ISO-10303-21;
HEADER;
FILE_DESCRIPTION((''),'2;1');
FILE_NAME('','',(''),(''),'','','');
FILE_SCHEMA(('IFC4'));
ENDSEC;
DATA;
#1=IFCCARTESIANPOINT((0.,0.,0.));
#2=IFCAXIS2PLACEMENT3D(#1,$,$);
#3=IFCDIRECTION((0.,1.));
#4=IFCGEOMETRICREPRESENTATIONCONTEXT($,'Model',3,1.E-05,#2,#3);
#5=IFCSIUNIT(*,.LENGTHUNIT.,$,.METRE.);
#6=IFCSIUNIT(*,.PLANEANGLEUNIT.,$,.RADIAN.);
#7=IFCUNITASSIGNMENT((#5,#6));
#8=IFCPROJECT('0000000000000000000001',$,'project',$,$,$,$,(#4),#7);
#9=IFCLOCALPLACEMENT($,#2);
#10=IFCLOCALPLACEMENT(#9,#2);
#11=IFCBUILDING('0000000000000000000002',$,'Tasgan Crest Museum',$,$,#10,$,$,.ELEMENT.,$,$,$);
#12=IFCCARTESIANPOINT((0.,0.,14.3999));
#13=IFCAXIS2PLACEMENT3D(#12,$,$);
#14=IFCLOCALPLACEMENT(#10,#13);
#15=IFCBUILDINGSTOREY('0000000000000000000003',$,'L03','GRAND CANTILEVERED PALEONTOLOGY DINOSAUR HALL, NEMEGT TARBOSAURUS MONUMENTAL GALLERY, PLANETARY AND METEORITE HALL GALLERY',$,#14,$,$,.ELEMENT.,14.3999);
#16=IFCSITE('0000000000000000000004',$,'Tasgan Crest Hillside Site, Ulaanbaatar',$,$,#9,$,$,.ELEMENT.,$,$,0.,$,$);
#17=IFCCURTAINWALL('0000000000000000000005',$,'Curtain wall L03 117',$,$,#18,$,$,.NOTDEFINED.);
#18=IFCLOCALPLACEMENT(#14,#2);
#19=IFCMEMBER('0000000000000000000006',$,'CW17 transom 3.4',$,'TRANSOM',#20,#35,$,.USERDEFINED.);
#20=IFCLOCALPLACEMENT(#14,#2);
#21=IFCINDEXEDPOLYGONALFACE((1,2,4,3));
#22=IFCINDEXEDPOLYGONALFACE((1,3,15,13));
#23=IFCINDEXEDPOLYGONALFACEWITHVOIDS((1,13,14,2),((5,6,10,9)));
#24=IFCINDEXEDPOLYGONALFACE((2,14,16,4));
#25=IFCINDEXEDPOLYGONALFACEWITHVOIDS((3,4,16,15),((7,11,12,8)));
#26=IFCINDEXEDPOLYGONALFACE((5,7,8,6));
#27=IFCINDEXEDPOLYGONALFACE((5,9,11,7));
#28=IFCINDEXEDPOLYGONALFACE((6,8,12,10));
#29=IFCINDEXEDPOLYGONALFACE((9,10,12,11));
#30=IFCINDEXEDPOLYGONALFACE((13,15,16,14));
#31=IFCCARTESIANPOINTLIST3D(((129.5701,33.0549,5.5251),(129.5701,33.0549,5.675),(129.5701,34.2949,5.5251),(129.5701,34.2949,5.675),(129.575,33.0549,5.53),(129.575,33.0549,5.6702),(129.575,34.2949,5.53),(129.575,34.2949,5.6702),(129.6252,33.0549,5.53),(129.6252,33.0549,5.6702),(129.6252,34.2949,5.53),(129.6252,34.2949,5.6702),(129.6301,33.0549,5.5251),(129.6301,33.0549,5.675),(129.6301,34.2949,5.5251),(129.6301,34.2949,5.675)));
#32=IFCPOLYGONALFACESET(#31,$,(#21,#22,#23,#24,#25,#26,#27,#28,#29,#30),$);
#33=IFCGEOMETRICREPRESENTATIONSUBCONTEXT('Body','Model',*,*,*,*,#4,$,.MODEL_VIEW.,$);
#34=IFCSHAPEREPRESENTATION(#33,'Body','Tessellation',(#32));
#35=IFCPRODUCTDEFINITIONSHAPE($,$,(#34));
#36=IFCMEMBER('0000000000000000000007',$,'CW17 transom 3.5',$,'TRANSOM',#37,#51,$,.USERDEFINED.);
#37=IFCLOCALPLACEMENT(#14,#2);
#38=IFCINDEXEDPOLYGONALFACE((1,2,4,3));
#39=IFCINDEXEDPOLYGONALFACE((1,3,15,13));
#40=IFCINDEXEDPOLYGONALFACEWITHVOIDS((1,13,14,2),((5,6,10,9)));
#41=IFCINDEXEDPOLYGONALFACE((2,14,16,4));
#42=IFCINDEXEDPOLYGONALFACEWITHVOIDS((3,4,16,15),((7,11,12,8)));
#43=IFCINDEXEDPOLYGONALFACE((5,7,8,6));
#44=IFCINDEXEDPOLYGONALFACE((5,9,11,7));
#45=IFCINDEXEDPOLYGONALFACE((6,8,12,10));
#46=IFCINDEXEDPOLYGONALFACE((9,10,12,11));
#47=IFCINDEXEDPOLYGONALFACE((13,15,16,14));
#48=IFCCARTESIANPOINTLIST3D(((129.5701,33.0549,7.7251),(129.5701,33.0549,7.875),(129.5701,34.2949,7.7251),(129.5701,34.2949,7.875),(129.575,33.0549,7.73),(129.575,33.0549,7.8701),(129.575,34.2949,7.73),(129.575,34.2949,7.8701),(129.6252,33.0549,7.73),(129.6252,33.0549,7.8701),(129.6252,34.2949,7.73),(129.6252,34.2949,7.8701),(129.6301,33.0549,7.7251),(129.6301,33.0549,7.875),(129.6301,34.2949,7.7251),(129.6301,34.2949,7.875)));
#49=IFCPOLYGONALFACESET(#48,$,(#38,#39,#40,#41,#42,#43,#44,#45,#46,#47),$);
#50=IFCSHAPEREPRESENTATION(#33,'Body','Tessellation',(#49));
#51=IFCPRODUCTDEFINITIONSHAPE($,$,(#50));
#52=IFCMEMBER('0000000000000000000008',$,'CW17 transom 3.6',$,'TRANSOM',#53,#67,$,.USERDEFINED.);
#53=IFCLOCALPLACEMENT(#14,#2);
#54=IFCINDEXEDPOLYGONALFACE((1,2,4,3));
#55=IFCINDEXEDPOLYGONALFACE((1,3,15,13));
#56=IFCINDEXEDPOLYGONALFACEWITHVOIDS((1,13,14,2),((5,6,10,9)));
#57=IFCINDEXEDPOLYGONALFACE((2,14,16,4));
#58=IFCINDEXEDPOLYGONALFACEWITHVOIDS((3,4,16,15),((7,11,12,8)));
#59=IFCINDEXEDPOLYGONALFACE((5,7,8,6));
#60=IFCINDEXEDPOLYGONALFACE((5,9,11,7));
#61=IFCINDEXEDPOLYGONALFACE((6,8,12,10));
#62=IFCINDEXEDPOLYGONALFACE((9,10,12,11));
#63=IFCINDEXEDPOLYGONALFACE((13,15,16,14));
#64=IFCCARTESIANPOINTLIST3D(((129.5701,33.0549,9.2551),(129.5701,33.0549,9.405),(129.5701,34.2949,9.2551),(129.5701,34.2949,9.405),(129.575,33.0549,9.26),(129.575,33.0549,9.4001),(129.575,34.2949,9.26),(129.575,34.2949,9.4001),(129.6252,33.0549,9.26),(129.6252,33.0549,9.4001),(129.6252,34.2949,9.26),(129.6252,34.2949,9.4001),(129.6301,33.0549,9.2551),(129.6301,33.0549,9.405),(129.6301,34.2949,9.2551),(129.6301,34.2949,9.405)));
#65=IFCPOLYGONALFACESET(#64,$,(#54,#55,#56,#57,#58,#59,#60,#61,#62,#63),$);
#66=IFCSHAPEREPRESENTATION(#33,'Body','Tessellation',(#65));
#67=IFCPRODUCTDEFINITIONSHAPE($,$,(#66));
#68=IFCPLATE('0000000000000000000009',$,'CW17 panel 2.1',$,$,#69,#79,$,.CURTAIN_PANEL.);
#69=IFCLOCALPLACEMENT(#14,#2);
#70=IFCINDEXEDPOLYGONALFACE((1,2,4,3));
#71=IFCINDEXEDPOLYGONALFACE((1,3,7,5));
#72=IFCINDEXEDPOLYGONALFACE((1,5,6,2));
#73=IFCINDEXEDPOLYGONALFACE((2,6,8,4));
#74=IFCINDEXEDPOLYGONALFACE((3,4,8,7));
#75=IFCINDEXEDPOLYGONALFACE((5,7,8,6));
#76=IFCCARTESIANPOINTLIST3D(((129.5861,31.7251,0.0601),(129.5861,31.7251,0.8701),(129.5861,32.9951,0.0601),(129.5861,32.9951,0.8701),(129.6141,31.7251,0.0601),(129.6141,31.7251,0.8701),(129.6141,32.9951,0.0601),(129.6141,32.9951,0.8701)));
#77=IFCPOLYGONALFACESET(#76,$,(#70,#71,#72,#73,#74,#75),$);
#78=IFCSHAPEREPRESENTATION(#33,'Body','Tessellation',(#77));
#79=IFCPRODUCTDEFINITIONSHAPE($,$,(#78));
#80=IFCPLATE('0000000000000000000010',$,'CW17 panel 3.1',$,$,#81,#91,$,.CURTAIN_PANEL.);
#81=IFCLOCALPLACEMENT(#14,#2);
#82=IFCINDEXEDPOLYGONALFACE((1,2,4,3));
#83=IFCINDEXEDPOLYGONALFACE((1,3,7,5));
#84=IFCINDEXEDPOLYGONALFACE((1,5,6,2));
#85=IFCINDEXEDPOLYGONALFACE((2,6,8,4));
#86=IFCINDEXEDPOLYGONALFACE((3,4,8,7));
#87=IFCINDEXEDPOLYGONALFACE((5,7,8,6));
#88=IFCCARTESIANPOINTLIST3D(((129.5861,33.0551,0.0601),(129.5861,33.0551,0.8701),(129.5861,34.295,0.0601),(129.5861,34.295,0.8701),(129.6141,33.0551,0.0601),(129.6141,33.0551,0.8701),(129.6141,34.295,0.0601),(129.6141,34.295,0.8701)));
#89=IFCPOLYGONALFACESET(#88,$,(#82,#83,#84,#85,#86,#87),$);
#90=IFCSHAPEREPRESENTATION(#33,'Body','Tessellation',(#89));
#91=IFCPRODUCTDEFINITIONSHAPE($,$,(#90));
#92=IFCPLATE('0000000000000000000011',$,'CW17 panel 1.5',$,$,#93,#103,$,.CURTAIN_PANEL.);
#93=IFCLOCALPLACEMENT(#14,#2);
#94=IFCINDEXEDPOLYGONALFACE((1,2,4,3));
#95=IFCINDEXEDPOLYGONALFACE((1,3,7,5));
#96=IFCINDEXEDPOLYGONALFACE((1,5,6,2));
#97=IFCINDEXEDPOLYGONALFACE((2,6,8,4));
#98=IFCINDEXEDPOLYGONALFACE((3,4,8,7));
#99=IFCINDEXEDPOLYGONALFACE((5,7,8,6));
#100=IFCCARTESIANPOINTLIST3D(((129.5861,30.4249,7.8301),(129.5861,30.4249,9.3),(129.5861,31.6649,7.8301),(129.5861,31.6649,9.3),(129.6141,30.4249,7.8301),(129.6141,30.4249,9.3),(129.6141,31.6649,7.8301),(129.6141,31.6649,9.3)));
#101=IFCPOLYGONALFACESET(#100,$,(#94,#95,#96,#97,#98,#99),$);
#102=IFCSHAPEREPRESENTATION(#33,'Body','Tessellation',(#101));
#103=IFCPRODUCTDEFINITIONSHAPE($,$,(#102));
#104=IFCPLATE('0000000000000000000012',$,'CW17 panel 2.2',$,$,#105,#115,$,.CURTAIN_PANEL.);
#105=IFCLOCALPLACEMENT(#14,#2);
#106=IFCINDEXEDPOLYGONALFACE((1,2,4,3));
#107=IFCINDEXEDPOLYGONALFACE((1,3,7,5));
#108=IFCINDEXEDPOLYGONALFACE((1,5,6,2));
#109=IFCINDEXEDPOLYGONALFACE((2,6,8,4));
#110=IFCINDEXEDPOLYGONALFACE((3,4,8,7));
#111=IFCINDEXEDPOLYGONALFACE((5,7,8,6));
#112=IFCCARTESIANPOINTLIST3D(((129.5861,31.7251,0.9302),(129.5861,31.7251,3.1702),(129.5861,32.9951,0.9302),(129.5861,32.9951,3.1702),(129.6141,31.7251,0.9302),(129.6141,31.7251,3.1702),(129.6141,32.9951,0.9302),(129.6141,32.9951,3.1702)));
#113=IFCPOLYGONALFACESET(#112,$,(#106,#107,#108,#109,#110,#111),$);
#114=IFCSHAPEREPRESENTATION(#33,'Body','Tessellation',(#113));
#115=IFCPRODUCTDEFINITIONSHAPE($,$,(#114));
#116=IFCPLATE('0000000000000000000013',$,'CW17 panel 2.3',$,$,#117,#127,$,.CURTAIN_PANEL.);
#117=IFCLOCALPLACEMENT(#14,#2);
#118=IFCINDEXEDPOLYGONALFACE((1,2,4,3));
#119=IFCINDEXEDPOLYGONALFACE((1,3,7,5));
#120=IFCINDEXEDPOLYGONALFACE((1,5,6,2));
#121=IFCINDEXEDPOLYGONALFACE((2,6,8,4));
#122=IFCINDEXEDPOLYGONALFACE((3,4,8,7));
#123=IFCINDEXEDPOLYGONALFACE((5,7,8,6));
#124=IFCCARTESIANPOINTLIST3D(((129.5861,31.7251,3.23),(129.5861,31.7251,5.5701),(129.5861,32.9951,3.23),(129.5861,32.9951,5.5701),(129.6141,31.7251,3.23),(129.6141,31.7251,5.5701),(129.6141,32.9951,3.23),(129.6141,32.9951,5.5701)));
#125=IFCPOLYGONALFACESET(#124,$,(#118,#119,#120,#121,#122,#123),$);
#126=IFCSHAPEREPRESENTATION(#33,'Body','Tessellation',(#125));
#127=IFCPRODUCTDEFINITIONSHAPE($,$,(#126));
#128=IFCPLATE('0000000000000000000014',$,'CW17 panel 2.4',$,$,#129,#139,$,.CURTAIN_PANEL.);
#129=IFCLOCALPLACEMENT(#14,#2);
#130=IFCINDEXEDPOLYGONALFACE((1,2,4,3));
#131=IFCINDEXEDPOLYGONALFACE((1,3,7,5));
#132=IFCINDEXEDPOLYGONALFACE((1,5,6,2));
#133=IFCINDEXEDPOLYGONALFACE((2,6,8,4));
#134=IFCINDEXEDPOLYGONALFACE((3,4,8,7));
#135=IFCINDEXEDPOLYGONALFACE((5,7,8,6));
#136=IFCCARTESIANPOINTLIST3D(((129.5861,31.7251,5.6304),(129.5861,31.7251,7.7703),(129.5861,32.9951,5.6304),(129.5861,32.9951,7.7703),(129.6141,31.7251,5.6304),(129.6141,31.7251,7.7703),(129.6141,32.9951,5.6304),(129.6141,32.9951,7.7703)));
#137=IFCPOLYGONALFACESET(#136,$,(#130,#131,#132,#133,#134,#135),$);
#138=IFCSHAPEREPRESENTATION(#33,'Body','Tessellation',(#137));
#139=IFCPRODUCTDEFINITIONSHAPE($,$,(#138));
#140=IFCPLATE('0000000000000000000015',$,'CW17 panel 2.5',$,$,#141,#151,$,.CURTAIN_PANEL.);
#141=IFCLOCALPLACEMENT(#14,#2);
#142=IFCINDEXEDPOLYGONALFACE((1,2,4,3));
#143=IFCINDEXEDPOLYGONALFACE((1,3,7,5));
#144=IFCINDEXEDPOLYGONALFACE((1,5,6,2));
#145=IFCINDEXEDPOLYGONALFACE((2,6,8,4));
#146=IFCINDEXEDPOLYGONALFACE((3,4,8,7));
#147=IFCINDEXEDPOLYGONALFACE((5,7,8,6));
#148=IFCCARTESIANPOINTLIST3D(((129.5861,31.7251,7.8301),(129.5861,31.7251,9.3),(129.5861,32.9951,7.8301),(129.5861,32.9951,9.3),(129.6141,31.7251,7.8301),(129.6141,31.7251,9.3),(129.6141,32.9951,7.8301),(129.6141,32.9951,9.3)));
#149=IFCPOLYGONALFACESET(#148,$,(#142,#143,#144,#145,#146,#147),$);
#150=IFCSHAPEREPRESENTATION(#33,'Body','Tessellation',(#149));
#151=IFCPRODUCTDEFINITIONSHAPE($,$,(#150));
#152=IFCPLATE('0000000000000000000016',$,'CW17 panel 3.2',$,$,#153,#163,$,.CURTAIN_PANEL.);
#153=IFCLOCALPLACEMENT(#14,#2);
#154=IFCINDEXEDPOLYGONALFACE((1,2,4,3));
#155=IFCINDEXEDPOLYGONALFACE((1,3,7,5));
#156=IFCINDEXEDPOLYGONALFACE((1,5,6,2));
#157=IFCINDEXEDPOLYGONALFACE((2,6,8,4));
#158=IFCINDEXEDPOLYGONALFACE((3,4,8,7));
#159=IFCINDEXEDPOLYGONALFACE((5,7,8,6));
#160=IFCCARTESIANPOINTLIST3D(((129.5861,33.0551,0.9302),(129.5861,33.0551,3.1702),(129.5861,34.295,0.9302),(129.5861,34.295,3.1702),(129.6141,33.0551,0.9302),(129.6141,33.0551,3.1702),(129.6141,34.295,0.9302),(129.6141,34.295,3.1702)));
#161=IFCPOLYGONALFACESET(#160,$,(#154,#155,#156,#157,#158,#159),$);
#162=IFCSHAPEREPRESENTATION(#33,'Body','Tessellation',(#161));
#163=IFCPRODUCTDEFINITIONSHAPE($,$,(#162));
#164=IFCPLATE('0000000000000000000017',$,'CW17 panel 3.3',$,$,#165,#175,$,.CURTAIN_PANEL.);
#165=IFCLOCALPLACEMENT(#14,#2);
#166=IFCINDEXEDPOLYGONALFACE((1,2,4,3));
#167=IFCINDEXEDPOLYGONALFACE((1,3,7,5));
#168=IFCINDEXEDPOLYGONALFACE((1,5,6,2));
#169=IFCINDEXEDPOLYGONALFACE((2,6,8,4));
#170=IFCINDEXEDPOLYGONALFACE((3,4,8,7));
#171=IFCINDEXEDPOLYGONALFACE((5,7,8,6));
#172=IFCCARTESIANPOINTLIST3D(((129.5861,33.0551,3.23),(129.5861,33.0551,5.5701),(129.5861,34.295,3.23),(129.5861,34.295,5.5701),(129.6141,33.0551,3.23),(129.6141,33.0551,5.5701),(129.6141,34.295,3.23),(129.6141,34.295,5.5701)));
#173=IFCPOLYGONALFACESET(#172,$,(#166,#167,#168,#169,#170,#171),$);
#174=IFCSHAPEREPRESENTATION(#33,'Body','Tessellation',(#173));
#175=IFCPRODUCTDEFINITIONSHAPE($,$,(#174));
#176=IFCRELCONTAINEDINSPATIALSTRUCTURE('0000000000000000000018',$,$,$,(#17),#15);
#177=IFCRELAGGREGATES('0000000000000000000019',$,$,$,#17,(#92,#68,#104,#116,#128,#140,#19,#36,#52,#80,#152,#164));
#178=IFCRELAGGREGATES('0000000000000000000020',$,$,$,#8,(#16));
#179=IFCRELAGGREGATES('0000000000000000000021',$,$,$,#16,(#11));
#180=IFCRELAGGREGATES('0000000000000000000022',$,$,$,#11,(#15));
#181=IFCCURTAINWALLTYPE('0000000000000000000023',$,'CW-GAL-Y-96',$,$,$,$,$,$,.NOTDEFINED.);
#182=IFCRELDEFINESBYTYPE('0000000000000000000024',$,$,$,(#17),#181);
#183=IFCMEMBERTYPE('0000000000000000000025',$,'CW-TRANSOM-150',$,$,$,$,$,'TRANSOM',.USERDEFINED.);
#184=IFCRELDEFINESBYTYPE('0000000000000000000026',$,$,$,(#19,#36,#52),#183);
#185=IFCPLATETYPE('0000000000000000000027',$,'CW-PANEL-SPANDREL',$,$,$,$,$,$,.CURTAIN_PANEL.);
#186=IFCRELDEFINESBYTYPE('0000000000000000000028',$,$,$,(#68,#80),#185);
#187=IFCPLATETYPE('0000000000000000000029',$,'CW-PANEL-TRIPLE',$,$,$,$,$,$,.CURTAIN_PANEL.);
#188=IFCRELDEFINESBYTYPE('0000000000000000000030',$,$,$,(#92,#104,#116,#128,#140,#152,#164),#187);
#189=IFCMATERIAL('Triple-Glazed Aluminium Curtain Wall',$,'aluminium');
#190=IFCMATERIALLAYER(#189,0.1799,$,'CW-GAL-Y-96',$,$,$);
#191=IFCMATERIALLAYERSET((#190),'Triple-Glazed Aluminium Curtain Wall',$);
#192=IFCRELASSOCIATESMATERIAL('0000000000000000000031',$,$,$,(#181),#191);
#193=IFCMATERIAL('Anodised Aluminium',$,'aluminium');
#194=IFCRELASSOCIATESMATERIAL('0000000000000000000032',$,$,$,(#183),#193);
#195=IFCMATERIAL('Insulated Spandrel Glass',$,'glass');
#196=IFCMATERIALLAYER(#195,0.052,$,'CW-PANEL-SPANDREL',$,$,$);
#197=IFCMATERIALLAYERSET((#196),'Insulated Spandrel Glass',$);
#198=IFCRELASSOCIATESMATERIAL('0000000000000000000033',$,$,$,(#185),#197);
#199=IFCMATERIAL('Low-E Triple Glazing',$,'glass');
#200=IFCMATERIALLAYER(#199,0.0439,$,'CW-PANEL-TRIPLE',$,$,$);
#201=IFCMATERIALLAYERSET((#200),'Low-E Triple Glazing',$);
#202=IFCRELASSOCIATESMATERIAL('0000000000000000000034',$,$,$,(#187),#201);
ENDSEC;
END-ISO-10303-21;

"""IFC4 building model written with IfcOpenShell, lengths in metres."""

from ifc_helpers import new_model, si_unit, direction, frame, origin, origin_2d, place, context, subcontext, project, spatial, rectangle, hollow_rectangle, extrude, material, layer, layer_set, material_profile, profile_set, type_object, element, aggregate, save


model = new_model("IFC4")

# Units and contexts
model_context = context("Model", 3, precision=1e-05, world=origin(), true_north=direction((0.0, 1.0)))
body_context = subcontext(model_context, "Body", "Model", "MODEL_VIEW")
ifc_project = project(units=[si_unit("LENGTHUNIT", "METRE"), si_unit("PLANEANGLEUNIT", "RADIAN")], contexts=[model_context])

# Site, building, storey
site_placement = place(None, origin())
site = spatial("IfcSite", under=ifc_project, at=site_placement, Name="Tasgan Crest Hillside Site, Ulaanbaatar", CompositionType="ELEMENT", RefElevation=0.0)
building_placement = place(site_placement, origin())
building = spatial("IfcBuilding", under=site, at=building_placement, Name="Tasgan Crest Museum", CompositionType="ELEMENT")
storey_placement = place(building_placement, frame((0.0, 0.0, 14.3999)))
storey = spatial("IfcBuildingStorey", under=building, at=storey_placement, Name="L03", Description="GRAND CANTILEVERED PALEONTOLOGY DINOSAUR HALL, NEMEGT TARBOSAURUS MONUMENTAL GALLERY, PLANETARY AND METEORITE HALL GALLERY", CompositionType="ELEMENT", Elevation=14.3999)

# Curtain wall, members, plates
ifc_material_1 = material(Name="Triple-Glazed Aluminium Curtain Wall", Category="aluminium")
ifc_layer_1 = layer(ifc_material_1, 0.1799, Name="CW-GAL-Y-96")
ifc_layer_set_1 = layer_set([ifc_layer_1], Name="Triple-Glazed Aluminium Curtain Wall")
curtain_wall_type = type_object("IfcCurtainWallType", Name="CW-GAL-Y-96", PredefinedType="NOTDEFINED", material=ifc_layer_set_1)
curtain_wall_placement = place(storey_placement, origin())
curtain_wall = element("IfcCurtainWall", 1, at=curtain_wall_placement, inside=storey, type_object=curtain_wall_type, Name="Curtain wall L03 117", PredefinedType="NOTDEFINED")
ifc_material_2 = material(Name="Anodised Aluminium", Category="aluminium")
ifc_material_profile_1 = material_profile(ifc_material_2, hollow_rectangle(XDim=0.0601, YDim=0.1499, WallThickness=0.0049, at=origin_2d()), Name="ALU TRANSOM 150x60x5")
ifc_profile_set_1 = profile_set([ifc_material_profile_1], Name="Anodised Aluminium")
member_type_1 = type_object("IfcMemberType", Name="CW-TRANSOM-150", ElementType="TRANSOM", PredefinedType="USERDEFINED", material=ifc_profile_set_1)
member_1_placement = place(storey_placement, frame((129.6001, 33.0549, 5.6001), z_axis=(0.0, 1.0, 0.0), x_axis=(-1.0, 0.0, 0.0)))
member_1 = element("IfcMember", 2, at=member_1_placement, type_object=member_type_1, Name="CW17 transom 3.4", ObjectType="TRANSOM", PredefinedType="USERDEFINED", context=body_context, shape_type="SweptSolid", body=[
    extrude(hollow_rectangle(XDim=0.0601, YDim=0.1499, WallThickness=0.0049, at=origin_2d()), origin(), (0.0, 0.0, 1.0), 1.24),
])
member_2_placement = place(storey_placement, frame((129.6001, 33.0549, 7.8), z_axis=(0.0, 1.0, 0.0), x_axis=(-1.0, 0.0, 0.0)))
member_2 = element("IfcMember", 3, at=member_2_placement, type_object=member_type_1, Name="CW17 transom 3.5", ObjectType="TRANSOM", PredefinedType="USERDEFINED", context=body_context, shape_type="SweptSolid", body=[
    extrude(hollow_rectangle(XDim=0.0601, YDim=0.1499, WallThickness=0.0049, at=origin_2d()), origin(), (0.0, 0.0, 1.0), 1.24),
])
member_3_placement = place(storey_placement, frame((129.6001, 33.0549, 9.3301), z_axis=(0.0, 1.0, 0.0), x_axis=(-1.0, 0.0, 0.0)))
member_3 = element("IfcMember", 4, at=member_3_placement, type_object=member_type_1, Name="CW17 transom 3.6", ObjectType="TRANSOM", PredefinedType="USERDEFINED", context=body_context, shape_type="SweptSolid", body=[
    extrude(hollow_rectangle(XDim=0.0601, YDim=0.1499, WallThickness=0.0049, at=origin_2d()), origin(), (0.0, 0.0, 1.0), 1.24),
])
ifc_material_3 = material(Name="Insulated Spandrel Glass", Category="glass")
ifc_layer_2 = layer(ifc_material_3, 0.052, Name="CW-PANEL-SPANDREL")
ifc_layer_set_2 = layer_set([ifc_layer_2], Name="Insulated Spandrel Glass")
plate_type_1 = type_object("IfcPlateType", Name="CW-PANEL-SPANDREL", PredefinedType="CURTAIN_PANEL", material=ifc_layer_set_2)
plate_1_placement = place(storey_placement, frame((129.6001, 32.3601, 0.0601), z_axis=(0.0, 0.0, 1.0), x_axis=(0.0, 1.0, 0.0)))
plate_1 = element("IfcPlate", 5, at=plate_1_placement, type_object=plate_type_1, Name="CW17 panel 2.1", PredefinedType="CURTAIN_PANEL", context=body_context, shape_type="SweptSolid", body=[
    extrude(rectangle(XDim=1.27, YDim=0.0281, at=origin_2d()), origin(), (0.0, 0.0, 1.0), 0.8101),
])
plate_2_placement = place(storey_placement, frame((129.6001, 33.675, 0.0601), z_axis=(0.0, 0.0, 1.0), x_axis=(0.0, 1.0, 0.0)))
plate_2 = element("IfcPlate", 6, at=plate_2_placement, type_object=plate_type_1, Name="CW17 panel 3.1", PredefinedType="CURTAIN_PANEL", context=body_context, shape_type="SweptSolid", body=[
    extrude(rectangle(XDim=1.24, YDim=0.0281, at=origin_2d()), origin(), (0.0, 0.0, 1.0), 0.8101),
])
ifc_material_4 = material(Name="Low-E Triple Glazing", Category="glass")
ifc_layer_3 = layer(ifc_material_4, 0.0439, Name="CW-PANEL-TRIPLE")
ifc_layer_set_3 = layer_set([ifc_layer_3], Name="Low-E Triple Glazing")
plate_type_2 = type_object("IfcPlateType", Name="CW-PANEL-TRIPLE", PredefinedType="CURTAIN_PANEL", material=ifc_layer_set_3)
plate_3_placement = place(storey_placement, frame((129.6001, 31.0449, 7.8301), z_axis=(0.0, 0.0, 1.0), x_axis=(0.0, 1.0, 0.0)))
plate_3 = element("IfcPlate", 7, at=plate_3_placement, type_object=plate_type_2, Name="CW17 panel 1.5", PredefinedType="CURTAIN_PANEL", context=body_context, shape_type="SweptSolid", body=[
    extrude(rectangle(XDim=1.24, YDim=0.0281, at=origin_2d()), origin(), (0.0, 0.0, 1.0), 1.47),
])
plate_4_placement = place(storey_placement, frame((129.6001, 32.3601, 0.9302), z_axis=(0.0, 0.0, 1.0), x_axis=(0.0, 1.0, 0.0)))
plate_4 = element("IfcPlate", 8, at=plate_4_placement, type_object=plate_type_2, Name="CW17 panel 2.2", PredefinedType="CURTAIN_PANEL", context=body_context, shape_type="SweptSolid", body=[
    extrude(rectangle(XDim=1.27, YDim=0.0281, at=origin_2d()), origin(), (0.0, 0.0, 1.0), 2.24),
])
plate_5_placement = place(storey_placement, frame((129.6001, 32.3601, 3.23), z_axis=(0.0, 0.0, 1.0), x_axis=(0.0, 1.0, 0.0)))
plate_5 = element("IfcPlate", 9, at=plate_5_placement, type_object=plate_type_2, Name="CW17 panel 2.3", PredefinedType="CURTAIN_PANEL", context=body_context, shape_type="SweptSolid", body=[
    extrude(rectangle(XDim=1.27, YDim=0.0281, at=origin_2d()), origin(), (0.0, 0.0, 1.0), 2.3401),
])
plate_6_placement = place(storey_placement, frame((129.6001, 32.3601, 5.6304), z_axis=(0.0, 0.0, 1.0), x_axis=(0.0, 1.0, 0.0)))
plate_6 = element("IfcPlate", 10, at=plate_6_placement, type_object=plate_type_2, Name="CW17 panel 2.4", PredefinedType="CURTAIN_PANEL", context=body_context, shape_type="SweptSolid", body=[
    extrude(rectangle(XDim=1.27, YDim=0.0281, at=origin_2d()), origin(), (0.0, 0.0, 1.0), 2.1399),
])
plate_7_placement = place(storey_placement, frame((129.6001, 32.3601, 7.8301), z_axis=(0.0, 0.0, 1.0), x_axis=(0.0, 1.0, 0.0)))
plate_7 = element("IfcPlate", 11, at=plate_7_placement, type_object=plate_type_2, Name="CW17 panel 2.5", PredefinedType="CURTAIN_PANEL", context=body_context, shape_type="SweptSolid", body=[
    extrude(rectangle(XDim=1.27, YDim=0.0281, at=origin_2d()), origin(), (0.0, 0.0, 1.0), 1.47),
])
plate_8_placement = place(storey_placement, frame((129.6001, 33.675, 0.9302), z_axis=(0.0, 0.0, 1.0), x_axis=(0.0, 1.0, 0.0)))
plate_8 = element("IfcPlate", 12, at=plate_8_placement, type_object=plate_type_2, Name="CW17 panel 3.2", PredefinedType="CURTAIN_PANEL", context=body_context, shape_type="SweptSolid", body=[
    extrude(rectangle(XDim=1.24, YDim=0.0281, at=origin_2d()), origin(), (0.0, 0.0, 1.0), 2.24),
])
plate_9_placement = place(storey_placement, frame((129.6001, 33.675, 3.23), z_axis=(0.0, 0.0, 1.0), x_axis=(0.0, 1.0, 0.0)))
plate_9 = element("IfcPlate", 13, at=plate_9_placement, type_object=plate_type_2, Name="CW17 panel 3.3", PredefinedType="CURTAIN_PANEL", context=body_context, shape_type="SweptSolid", body=[
    extrude(rectangle(XDim=1.24, YDim=0.0281, at=origin_2d()), origin(), (0.0, 0.0, 1.0), 2.3401),
])
aggregate(curtain_wall, [plate_3, plate_1, plate_4, plate_5, plate_6, plate_7, member_1, member_2, member_3, plate_2, plate_8, plate_9])

save(model, "model.ifc")
